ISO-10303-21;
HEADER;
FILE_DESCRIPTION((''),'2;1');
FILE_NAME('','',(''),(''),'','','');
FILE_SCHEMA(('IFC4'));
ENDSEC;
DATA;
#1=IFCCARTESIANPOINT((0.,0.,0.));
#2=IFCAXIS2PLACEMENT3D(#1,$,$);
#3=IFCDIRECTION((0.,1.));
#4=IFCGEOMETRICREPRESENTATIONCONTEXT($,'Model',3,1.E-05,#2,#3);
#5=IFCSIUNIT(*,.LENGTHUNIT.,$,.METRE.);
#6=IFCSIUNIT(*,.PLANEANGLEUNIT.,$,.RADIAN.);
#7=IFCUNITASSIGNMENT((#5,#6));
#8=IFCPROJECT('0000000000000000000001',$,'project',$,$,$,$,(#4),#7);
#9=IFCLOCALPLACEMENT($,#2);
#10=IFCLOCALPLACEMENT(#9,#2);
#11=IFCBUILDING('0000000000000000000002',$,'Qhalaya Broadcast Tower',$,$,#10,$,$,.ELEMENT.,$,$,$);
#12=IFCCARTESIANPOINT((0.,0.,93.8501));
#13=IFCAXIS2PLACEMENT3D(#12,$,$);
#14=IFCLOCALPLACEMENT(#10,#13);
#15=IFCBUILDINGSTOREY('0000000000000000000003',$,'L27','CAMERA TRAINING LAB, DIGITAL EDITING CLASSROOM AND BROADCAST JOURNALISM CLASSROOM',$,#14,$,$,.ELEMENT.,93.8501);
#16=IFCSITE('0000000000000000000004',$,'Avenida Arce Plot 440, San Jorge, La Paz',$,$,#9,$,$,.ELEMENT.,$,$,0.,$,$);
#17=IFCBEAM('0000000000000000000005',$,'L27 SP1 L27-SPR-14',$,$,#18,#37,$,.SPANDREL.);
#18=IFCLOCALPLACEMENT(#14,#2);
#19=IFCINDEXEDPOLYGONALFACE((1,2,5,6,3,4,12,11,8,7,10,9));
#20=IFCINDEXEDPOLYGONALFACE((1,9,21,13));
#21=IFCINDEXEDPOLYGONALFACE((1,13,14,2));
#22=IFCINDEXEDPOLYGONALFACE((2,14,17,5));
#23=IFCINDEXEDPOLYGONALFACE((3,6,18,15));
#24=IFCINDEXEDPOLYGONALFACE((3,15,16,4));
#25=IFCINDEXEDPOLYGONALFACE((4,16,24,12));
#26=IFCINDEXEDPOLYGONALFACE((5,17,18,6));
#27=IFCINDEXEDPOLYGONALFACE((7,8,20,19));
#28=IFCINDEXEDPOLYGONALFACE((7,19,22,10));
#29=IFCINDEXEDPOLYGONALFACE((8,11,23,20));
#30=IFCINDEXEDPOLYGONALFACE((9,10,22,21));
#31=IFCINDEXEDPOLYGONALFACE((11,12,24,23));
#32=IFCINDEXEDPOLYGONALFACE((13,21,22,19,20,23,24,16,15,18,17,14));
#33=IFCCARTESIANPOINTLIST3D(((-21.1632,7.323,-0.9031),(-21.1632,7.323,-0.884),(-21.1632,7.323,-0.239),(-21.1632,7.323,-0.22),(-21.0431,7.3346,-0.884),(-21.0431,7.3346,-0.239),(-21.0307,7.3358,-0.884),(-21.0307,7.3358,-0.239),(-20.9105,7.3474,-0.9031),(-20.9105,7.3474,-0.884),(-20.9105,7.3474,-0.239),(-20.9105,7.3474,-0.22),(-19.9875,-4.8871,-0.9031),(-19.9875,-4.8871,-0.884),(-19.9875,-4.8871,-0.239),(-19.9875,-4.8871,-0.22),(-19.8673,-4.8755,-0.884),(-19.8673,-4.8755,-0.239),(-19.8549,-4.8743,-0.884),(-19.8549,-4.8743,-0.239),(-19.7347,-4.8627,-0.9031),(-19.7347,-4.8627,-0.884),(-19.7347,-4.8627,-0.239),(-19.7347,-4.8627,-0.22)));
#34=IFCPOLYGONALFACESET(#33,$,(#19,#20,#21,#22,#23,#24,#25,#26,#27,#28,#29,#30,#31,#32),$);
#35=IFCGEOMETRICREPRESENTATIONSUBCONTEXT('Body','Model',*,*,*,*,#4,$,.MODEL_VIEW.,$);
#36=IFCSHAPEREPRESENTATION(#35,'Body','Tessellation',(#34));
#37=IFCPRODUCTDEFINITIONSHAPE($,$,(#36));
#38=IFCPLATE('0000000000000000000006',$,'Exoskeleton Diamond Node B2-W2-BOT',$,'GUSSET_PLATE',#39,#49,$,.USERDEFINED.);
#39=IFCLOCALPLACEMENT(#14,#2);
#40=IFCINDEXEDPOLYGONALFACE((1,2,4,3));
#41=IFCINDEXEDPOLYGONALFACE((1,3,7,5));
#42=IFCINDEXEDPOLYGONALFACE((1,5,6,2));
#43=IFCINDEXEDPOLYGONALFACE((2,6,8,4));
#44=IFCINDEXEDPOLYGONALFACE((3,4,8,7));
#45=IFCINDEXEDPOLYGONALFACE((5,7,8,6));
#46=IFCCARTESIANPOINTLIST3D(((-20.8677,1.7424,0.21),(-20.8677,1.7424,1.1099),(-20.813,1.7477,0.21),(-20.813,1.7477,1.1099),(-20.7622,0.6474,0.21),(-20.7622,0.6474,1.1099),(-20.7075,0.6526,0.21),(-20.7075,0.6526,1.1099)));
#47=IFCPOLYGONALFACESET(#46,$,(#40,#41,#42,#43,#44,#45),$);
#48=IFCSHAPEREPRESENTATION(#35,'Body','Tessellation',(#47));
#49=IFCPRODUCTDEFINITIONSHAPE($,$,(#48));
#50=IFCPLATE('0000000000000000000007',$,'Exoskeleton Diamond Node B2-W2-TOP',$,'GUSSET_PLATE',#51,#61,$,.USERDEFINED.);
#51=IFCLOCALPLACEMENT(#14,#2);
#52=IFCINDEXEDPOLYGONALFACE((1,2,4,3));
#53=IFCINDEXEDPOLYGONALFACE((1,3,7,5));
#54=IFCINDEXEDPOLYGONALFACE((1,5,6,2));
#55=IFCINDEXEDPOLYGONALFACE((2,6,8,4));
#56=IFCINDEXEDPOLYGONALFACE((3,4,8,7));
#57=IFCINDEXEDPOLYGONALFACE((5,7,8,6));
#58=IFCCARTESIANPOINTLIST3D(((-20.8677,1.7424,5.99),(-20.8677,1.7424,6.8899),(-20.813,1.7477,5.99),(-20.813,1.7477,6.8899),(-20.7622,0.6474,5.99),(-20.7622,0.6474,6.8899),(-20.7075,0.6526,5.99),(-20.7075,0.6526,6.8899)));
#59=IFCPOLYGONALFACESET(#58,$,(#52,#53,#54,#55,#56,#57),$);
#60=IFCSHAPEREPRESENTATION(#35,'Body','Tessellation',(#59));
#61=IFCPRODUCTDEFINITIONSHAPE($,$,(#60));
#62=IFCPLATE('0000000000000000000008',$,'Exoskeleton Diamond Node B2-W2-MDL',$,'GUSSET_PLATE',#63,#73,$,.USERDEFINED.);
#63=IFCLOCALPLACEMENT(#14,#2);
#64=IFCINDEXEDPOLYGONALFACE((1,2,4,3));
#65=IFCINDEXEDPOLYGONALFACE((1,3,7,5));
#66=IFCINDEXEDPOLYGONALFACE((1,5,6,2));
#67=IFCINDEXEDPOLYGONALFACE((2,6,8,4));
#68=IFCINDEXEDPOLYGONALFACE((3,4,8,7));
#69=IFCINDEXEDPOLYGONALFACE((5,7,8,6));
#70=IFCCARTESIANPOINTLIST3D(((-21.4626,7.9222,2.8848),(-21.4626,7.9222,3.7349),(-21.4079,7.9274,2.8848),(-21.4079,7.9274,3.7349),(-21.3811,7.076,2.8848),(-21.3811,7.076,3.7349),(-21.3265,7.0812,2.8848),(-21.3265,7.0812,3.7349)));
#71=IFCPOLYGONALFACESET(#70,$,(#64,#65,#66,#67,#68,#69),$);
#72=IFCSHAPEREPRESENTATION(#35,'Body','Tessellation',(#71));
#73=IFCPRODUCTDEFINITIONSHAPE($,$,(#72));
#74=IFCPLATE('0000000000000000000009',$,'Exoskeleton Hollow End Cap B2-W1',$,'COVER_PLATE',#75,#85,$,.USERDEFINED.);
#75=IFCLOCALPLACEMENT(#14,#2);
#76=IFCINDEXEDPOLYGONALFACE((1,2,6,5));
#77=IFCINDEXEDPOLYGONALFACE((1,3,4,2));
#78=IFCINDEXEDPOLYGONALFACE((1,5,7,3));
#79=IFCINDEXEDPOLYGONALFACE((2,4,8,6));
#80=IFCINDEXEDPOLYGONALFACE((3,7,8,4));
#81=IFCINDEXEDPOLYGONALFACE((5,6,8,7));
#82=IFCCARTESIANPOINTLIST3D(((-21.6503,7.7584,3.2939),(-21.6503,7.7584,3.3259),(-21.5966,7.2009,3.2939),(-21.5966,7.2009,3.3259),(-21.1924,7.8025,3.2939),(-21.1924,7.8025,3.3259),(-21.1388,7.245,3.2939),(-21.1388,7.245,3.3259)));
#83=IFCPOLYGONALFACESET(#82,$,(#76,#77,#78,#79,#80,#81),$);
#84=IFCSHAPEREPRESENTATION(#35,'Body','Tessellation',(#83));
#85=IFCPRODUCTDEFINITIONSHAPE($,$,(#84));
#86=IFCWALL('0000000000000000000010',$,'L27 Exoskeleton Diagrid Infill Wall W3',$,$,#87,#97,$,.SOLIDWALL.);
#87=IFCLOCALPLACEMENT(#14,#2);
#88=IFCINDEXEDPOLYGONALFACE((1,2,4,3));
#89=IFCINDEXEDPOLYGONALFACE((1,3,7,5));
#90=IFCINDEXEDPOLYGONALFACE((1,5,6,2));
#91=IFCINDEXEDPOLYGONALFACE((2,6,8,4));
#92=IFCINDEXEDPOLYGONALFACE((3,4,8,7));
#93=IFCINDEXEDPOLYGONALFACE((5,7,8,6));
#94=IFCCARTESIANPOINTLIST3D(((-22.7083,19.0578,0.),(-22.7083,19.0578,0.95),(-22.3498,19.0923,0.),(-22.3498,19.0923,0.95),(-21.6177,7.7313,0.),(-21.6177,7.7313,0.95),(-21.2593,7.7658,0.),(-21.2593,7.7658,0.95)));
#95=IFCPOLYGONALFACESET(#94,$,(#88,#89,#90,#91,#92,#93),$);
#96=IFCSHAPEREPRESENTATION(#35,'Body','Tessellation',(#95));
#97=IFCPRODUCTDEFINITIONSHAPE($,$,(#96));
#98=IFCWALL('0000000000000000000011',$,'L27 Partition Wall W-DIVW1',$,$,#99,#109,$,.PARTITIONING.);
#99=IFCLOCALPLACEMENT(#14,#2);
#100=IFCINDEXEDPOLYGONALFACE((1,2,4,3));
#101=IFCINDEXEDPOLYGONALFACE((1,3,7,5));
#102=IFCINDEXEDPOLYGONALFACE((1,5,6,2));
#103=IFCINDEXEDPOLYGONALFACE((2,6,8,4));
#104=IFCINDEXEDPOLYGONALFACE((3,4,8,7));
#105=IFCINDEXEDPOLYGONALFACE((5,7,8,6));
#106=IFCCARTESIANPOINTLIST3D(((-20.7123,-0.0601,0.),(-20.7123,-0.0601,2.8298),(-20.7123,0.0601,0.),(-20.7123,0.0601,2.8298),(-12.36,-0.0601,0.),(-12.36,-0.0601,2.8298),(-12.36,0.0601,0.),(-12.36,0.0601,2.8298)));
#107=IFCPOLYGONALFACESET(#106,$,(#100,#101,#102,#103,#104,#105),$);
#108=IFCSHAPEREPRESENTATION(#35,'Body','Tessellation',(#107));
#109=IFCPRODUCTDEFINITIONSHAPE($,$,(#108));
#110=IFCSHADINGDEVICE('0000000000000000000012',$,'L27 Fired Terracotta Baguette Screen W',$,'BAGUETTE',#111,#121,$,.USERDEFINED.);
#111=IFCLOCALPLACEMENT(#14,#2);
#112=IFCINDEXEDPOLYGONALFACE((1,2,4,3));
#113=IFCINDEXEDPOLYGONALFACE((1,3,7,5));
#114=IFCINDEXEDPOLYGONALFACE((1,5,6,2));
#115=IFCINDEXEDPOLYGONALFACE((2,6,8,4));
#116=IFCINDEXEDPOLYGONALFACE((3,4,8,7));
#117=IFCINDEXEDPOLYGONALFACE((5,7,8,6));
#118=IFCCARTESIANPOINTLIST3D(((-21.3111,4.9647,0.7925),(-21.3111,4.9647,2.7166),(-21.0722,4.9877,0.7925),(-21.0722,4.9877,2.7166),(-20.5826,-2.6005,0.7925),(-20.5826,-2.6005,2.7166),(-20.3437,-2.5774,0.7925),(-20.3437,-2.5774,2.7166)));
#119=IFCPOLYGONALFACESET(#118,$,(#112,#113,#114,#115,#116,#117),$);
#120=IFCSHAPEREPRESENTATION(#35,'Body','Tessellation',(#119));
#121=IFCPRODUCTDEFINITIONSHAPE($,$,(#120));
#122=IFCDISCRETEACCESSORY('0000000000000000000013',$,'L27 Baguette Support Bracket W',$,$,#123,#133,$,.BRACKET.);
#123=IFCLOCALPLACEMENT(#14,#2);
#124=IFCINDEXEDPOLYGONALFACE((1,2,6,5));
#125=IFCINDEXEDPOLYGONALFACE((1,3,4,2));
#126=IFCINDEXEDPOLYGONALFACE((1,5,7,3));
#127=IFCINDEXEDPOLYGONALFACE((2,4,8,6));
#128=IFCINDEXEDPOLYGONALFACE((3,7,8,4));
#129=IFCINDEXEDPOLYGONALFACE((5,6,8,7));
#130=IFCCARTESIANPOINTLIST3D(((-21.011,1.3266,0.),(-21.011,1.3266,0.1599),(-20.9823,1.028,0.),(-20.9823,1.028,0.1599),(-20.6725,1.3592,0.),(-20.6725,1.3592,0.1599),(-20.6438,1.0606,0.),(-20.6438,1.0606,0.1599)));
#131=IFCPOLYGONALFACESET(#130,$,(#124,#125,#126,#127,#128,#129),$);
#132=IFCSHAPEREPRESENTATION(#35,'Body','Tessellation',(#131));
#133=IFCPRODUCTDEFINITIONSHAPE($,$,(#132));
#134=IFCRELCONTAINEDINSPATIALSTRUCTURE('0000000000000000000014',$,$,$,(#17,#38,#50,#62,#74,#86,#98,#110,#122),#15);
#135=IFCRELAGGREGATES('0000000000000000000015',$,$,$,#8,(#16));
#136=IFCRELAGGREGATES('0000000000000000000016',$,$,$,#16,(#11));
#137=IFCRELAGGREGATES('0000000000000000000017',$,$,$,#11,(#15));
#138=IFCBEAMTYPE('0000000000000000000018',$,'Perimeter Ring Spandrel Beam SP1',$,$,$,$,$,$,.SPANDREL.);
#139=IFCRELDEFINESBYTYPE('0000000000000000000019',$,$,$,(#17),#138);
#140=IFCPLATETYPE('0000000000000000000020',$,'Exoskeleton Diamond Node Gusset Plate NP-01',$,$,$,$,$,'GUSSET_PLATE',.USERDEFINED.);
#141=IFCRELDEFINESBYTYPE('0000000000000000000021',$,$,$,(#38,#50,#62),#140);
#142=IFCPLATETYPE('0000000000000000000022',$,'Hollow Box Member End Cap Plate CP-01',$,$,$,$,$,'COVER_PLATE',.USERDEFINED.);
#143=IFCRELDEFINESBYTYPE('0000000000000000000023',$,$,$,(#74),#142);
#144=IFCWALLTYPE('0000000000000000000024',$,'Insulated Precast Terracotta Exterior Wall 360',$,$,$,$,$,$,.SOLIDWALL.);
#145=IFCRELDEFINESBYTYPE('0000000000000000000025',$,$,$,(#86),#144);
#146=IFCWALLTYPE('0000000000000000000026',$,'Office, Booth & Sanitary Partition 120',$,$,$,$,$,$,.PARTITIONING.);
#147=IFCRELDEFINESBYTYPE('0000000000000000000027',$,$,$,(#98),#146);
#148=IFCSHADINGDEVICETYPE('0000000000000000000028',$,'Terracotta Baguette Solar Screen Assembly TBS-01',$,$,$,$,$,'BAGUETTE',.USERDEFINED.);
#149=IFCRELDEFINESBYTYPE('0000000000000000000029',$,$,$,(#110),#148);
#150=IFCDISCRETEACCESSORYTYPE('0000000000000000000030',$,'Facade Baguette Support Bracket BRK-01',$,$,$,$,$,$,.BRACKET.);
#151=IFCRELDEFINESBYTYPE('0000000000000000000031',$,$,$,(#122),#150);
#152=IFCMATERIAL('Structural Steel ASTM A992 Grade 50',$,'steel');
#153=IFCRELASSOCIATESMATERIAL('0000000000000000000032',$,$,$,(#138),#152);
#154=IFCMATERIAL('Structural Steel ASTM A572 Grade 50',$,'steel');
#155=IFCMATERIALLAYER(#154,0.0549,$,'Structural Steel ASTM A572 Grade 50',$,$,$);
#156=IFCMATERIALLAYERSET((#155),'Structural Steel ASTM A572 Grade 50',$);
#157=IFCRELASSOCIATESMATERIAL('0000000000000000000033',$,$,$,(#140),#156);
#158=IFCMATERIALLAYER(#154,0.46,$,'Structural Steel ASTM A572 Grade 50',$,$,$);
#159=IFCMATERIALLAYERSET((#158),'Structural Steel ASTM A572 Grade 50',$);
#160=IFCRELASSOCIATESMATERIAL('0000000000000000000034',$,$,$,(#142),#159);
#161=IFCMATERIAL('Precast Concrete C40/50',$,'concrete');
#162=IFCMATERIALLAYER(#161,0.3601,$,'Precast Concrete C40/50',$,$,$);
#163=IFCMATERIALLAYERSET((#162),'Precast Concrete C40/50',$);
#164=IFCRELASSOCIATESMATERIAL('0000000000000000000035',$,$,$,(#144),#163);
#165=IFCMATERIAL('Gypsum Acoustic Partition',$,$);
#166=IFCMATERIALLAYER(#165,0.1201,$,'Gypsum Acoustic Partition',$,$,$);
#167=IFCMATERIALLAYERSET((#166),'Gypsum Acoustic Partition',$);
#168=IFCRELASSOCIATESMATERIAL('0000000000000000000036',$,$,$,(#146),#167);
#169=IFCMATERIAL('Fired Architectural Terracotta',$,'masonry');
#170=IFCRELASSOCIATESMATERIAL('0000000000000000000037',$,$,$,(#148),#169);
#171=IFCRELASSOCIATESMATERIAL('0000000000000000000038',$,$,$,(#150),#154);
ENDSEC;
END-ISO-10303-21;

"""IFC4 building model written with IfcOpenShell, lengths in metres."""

from ifc_helpers import new_model, si_unit, direction, frame, frame_2d, origin, origin_2d, place, context, subcontext, project, spatial, rectangle, i_section, extrude, material, layer, layer_set, material_profile, profile_set, type_object, element, save


model = new_model("IFC4")

# Units and contexts
model_context = context("Model", 3, precision=1e-05, world=origin(), true_north=direction((0.0, 1.0)))
body_context = subcontext(model_context, "Body", "Model", "MODEL_VIEW")
ifc_project = project(units=[si_unit("LENGTHUNIT", "METRE"), si_unit("PLANEANGLEUNIT", "RADIAN")], contexts=[model_context])

# Site, building, storey
site_placement = place(None, origin())
site = spatial("IfcSite", under=ifc_project, at=site_placement, Name="Avenida Arce Plot 440, San Jorge, La Paz", CompositionType="ELEMENT", RefElevation=0.0)
building_placement = place(site_placement, origin())
building = spatial("IfcBuilding", under=site, at=building_placement, Name="Qhalaya Broadcast Tower", CompositionType="ELEMENT")
storey_placement = place(building_placement, frame((0.0, 0.0, 93.8501)))
storey = spatial("IfcBuildingStorey", under=building, at=storey_placement, Name="L27", Description="CAMERA TRAINING LAB, DIGITAL EDITING CLASSROOM AND BROADCAST JOURNALISM CLASSROOM", CompositionType="ELEMENT", Elevation=93.8501)

# Shared definitions
ifc_material_1 = material(Name="Structural Steel ASTM A572 Grade 50", Category="steel")

# Shared definitions
ifc_material_2 = material(Name="Structural Steel ASTM A992 Grade 50", Category="steel")

# Beam
ifc_material_profile_1 = material_profile(ifc_material_2, i_section(OverallWidth=0.2539, OverallDepth=0.6831, WebThickness=0.0125, FlangeThickness=0.019, at=origin_2d()), Name="W27X94")
ifc_profile_set_1 = profile_set([ifc_material_profile_1], Name="Structural Steel ASTM A992 Grade 50")
beam_type_1 = type_object("IfcBeamType", Name="Perimeter Ring Spandrel Beam SP1", PredefinedType="SPANDREL", material=ifc_profile_set_1)
beam_1_placement = place(storey_placement, frame((-21.0369, 7.3352, -0.5615), z_axis=(0.095852, -0.995396, 0.0), x_axis=(0.995396, 0.095852, 0.0)))
element("IfcBeam", 1, at=beam_1_placement, inside=storey, type_object=beam_type_1, Name="L27 SP1 L27-SPR-14", PredefinedType="SPANDREL", context=body_context, shape_type="SweptSolid", body=[
    extrude(i_section(OverallWidth=0.2539, OverallDepth=0.6831, WebThickness=0.0125, FlangeThickness=0.019, at=origin_2d()), origin(), (0.0, 0.0, 1.0), 12.2666),
])

# Plates
ifc_layer_1 = layer(ifc_material_1, 0.0549, Name="Structural Steel ASTM A572 Grade 50")
ifc_layer_set_1 = layer_set([ifc_layer_1], Name="Structural Steel ASTM A572 Grade 50")
plate_type_1 = type_object("IfcPlateType", Name="Exoskeleton Diamond Node Gusset Plate NP-01", ElementType="GUSSET_PLATE", PredefinedType="USERDEFINED", material=ifc_layer_set_1)
for number, where, z_axis, x_axis, name in (
    (2, (-20.7876, 1.1975, 0.21), (0.0, 0.0, 1.0), (-0.095846, 0.995396, 0.0), "Exoskeleton Diamond Node B2-W2-BOT"),
    (3, (-20.7876, 1.1975, 5.99), (0.0, 0.0, 1.0), (-0.095846, 0.995396, 0.0), "Exoskeleton Diamond Node B2-W2-TOP"),
):
    element("IfcPlate", number, at=place(storey_placement, frame(where, z_axis=z_axis, x_axis=x_axis)), inside=storey, type_object=plate_type_1, Name=name, ObjectType="GUSSET_PLATE", PredefinedType="USERDEFINED", context=body_context, shape_type="SweptSolid", body=[
        extrude(rectangle(XDim=1.1001, YDim=0.0549, at=origin_2d()), origin(), (0.0, 0.0, 1.0), 0.8999),
    ])
plate_1_placement = place(storey_placement, frame((-21.3945, 7.5017, 2.8848), z_axis=(0.0, 0.0, 1.0), x_axis=(-0.095846, 0.995396, 0.0)))
element("IfcPlate", 4, at=plate_1_placement, inside=storey, type_object=plate_type_1, Name="Exoskeleton Diamond Node B2-W2-MDL", ObjectType="GUSSET_PLATE", PredefinedType="USERDEFINED", context=body_context, shape_type="SweptSolid", body=[
    extrude(rectangle(XDim=0.8501, YDim=0.0549, at=origin_2d()), origin(), (0.0, 0.0, 1.0), 0.8501),
])
ifc_layer_2 = layer(ifc_material_1, 0.46, Name="Structural Steel ASTM A572 Grade 50")
ifc_layer_set_2 = layer_set([ifc_layer_2], Name="Structural Steel ASTM A572 Grade 50")
plate_type_2 = type_object("IfcPlateType", Name="Hollow Box Member End Cap Plate CP-01", ElementType="COVER_PLATE", PredefinedType="USERDEFINED", material=ifc_layer_set_2)
plate_2_placement = place(storey_placement, frame((-21.3945, 7.5017, 3.2939), z_axis=(0.0, 0.0, 1.0), x_axis=(-0.095846, 0.995396, 0.0)))
element("IfcPlate", 5, at=plate_2_placement, inside=storey, type_object=plate_type_2, Name="Exoskeleton Hollow End Cap B2-W1", ObjectType="COVER_PLATE", PredefinedType="USERDEFINED", context=body_context, shape_type="SweptSolid", body=[
    extrude(rectangle(XDim=0.5601, YDim=0.46, at=origin_2d()), origin(), (0.0, 0.0, 1.0), 0.032),
])

# Walls
ifc_material_3 = material(Name="Precast Concrete C40/50", Category="concrete")
ifc_layer_3 = layer(ifc_material_3, 0.3601, Name="Precast Concrete C40/50")
ifc_layer_set_3 = layer_set([ifc_layer_3], Name="Precast Concrete C40/50")
wall_type_1 = type_object("IfcWallType", Name="Insulated Precast Terracotta Exterior Wall 360", PredefinedType="SOLIDWALL", material=ifc_layer_set_3)
wall_1_placement = place(storey_placement, frame((-21.4385, 7.7485, 0.0), z_axis=(0.0, 0.0, 1.0), x_axis=(-0.095843, 0.995396, 0.0)))
element("IfcWall", 6, at=wall_1_placement, inside=storey, type_object=wall_type_1, Name="L27 Exoskeleton Diagrid Infill Wall W3", PredefinedType="SOLIDWALL", context=body_context, shape_type="SweptSolid", body=[
    extrude(rectangle(XDim=11.3789, YDim=0.3601, at=frame_2d((5.6895, 0.0))), origin(), (0.0, 0.0, 1.0), 0.95),
])
ifc_material_4 = material(Name="Gypsum Acoustic Partition")
ifc_layer_4 = layer(ifc_material_4, 0.1201, Name="Gypsum Acoustic Partition")
ifc_layer_set_4 = layer_set([ifc_layer_4], Name="Gypsum Acoustic Partition")
wall_type_2 = type_object("IfcWallType", Name="Office, Booth & Sanitary Partition 120", PredefinedType="PARTITIONING", material=ifc_layer_set_4)
wall_2_placement = place(storey_placement, frame((-20.7124, 0.0, 0.0), z_axis=(0.0, 0.0, 1.0), x_axis=(1.0, 0.0, 0.0)))
element("IfcWall", 7, at=wall_2_placement, inside=storey, type_object=wall_type_2, Name="L27 Partition Wall W-DIVW1", PredefinedType="PARTITIONING", context=body_context, shape_type="SweptSolid", body=[
    extrude(rectangle(XDim=8.3523, YDim=0.1201, at=frame_2d((4.1763, 0.0))), origin(), (0.0, 0.0, 1.0), 2.8298),
])

# Shading device
ifc_material_5 = material(Name="Fired Architectural Terracotta", Category="masonry")
shading_device_type = type_object("IfcShadingDeviceType", Name="Terracotta Baguette Solar Screen Assembly TBS-01", ElementType="BAGUETTE", PredefinedType="USERDEFINED", material=ifc_material_5)
shading_device_placement = place(storey_placement, frame((-20.8274, 1.1936, 0.7925), z_axis=(0.0, 0.0, 1.0), x_axis=(0.095846, -0.995396, 0.0)))
element("IfcShadingDevice", 8, at=shading_device_placement, inside=storey, type_object=shading_device_type, Name="L27 Fired Terracotta Baguette Screen W", ObjectType="BAGUETTE", PredefinedType="USERDEFINED", context=body_context, shape_type="SweptSolid", body=[
    extrude(rectangle(XDim=7.6001, YDim=0.24, at=origin_2d()), origin(), (0.0, 0.0, 1.0), 1.9241),
])

# Discrete accessory
discrete_accessory_type = type_object("IfcDiscreteAccessoryType", Name="Facade Baguette Support Bracket BRK-01", PredefinedType="BRACKET", material=ifc_material_1)
discrete_accessory_placement = place(storey_placement, frame((-20.8274, 1.1936, 0.0), z_axis=(0.0, 0.0, 1.0), x_axis=(0.095846, -0.995396, 0.0)))
element("IfcDiscreteAccessory", 9, at=discrete_accessory_placement, inside=storey, type_object=discrete_accessory_type, Name="L27 Baguette Support Bracket W", PredefinedType="BRACKET", context=body_context, shape_type="SweptSolid", body=[
    extrude(rectangle(XDim=0.3, YDim=0.3401, at=origin_2d()), origin(), (0.0, 0.0, 1.0), 0.1599),
])

save(model, "model.ifc")
